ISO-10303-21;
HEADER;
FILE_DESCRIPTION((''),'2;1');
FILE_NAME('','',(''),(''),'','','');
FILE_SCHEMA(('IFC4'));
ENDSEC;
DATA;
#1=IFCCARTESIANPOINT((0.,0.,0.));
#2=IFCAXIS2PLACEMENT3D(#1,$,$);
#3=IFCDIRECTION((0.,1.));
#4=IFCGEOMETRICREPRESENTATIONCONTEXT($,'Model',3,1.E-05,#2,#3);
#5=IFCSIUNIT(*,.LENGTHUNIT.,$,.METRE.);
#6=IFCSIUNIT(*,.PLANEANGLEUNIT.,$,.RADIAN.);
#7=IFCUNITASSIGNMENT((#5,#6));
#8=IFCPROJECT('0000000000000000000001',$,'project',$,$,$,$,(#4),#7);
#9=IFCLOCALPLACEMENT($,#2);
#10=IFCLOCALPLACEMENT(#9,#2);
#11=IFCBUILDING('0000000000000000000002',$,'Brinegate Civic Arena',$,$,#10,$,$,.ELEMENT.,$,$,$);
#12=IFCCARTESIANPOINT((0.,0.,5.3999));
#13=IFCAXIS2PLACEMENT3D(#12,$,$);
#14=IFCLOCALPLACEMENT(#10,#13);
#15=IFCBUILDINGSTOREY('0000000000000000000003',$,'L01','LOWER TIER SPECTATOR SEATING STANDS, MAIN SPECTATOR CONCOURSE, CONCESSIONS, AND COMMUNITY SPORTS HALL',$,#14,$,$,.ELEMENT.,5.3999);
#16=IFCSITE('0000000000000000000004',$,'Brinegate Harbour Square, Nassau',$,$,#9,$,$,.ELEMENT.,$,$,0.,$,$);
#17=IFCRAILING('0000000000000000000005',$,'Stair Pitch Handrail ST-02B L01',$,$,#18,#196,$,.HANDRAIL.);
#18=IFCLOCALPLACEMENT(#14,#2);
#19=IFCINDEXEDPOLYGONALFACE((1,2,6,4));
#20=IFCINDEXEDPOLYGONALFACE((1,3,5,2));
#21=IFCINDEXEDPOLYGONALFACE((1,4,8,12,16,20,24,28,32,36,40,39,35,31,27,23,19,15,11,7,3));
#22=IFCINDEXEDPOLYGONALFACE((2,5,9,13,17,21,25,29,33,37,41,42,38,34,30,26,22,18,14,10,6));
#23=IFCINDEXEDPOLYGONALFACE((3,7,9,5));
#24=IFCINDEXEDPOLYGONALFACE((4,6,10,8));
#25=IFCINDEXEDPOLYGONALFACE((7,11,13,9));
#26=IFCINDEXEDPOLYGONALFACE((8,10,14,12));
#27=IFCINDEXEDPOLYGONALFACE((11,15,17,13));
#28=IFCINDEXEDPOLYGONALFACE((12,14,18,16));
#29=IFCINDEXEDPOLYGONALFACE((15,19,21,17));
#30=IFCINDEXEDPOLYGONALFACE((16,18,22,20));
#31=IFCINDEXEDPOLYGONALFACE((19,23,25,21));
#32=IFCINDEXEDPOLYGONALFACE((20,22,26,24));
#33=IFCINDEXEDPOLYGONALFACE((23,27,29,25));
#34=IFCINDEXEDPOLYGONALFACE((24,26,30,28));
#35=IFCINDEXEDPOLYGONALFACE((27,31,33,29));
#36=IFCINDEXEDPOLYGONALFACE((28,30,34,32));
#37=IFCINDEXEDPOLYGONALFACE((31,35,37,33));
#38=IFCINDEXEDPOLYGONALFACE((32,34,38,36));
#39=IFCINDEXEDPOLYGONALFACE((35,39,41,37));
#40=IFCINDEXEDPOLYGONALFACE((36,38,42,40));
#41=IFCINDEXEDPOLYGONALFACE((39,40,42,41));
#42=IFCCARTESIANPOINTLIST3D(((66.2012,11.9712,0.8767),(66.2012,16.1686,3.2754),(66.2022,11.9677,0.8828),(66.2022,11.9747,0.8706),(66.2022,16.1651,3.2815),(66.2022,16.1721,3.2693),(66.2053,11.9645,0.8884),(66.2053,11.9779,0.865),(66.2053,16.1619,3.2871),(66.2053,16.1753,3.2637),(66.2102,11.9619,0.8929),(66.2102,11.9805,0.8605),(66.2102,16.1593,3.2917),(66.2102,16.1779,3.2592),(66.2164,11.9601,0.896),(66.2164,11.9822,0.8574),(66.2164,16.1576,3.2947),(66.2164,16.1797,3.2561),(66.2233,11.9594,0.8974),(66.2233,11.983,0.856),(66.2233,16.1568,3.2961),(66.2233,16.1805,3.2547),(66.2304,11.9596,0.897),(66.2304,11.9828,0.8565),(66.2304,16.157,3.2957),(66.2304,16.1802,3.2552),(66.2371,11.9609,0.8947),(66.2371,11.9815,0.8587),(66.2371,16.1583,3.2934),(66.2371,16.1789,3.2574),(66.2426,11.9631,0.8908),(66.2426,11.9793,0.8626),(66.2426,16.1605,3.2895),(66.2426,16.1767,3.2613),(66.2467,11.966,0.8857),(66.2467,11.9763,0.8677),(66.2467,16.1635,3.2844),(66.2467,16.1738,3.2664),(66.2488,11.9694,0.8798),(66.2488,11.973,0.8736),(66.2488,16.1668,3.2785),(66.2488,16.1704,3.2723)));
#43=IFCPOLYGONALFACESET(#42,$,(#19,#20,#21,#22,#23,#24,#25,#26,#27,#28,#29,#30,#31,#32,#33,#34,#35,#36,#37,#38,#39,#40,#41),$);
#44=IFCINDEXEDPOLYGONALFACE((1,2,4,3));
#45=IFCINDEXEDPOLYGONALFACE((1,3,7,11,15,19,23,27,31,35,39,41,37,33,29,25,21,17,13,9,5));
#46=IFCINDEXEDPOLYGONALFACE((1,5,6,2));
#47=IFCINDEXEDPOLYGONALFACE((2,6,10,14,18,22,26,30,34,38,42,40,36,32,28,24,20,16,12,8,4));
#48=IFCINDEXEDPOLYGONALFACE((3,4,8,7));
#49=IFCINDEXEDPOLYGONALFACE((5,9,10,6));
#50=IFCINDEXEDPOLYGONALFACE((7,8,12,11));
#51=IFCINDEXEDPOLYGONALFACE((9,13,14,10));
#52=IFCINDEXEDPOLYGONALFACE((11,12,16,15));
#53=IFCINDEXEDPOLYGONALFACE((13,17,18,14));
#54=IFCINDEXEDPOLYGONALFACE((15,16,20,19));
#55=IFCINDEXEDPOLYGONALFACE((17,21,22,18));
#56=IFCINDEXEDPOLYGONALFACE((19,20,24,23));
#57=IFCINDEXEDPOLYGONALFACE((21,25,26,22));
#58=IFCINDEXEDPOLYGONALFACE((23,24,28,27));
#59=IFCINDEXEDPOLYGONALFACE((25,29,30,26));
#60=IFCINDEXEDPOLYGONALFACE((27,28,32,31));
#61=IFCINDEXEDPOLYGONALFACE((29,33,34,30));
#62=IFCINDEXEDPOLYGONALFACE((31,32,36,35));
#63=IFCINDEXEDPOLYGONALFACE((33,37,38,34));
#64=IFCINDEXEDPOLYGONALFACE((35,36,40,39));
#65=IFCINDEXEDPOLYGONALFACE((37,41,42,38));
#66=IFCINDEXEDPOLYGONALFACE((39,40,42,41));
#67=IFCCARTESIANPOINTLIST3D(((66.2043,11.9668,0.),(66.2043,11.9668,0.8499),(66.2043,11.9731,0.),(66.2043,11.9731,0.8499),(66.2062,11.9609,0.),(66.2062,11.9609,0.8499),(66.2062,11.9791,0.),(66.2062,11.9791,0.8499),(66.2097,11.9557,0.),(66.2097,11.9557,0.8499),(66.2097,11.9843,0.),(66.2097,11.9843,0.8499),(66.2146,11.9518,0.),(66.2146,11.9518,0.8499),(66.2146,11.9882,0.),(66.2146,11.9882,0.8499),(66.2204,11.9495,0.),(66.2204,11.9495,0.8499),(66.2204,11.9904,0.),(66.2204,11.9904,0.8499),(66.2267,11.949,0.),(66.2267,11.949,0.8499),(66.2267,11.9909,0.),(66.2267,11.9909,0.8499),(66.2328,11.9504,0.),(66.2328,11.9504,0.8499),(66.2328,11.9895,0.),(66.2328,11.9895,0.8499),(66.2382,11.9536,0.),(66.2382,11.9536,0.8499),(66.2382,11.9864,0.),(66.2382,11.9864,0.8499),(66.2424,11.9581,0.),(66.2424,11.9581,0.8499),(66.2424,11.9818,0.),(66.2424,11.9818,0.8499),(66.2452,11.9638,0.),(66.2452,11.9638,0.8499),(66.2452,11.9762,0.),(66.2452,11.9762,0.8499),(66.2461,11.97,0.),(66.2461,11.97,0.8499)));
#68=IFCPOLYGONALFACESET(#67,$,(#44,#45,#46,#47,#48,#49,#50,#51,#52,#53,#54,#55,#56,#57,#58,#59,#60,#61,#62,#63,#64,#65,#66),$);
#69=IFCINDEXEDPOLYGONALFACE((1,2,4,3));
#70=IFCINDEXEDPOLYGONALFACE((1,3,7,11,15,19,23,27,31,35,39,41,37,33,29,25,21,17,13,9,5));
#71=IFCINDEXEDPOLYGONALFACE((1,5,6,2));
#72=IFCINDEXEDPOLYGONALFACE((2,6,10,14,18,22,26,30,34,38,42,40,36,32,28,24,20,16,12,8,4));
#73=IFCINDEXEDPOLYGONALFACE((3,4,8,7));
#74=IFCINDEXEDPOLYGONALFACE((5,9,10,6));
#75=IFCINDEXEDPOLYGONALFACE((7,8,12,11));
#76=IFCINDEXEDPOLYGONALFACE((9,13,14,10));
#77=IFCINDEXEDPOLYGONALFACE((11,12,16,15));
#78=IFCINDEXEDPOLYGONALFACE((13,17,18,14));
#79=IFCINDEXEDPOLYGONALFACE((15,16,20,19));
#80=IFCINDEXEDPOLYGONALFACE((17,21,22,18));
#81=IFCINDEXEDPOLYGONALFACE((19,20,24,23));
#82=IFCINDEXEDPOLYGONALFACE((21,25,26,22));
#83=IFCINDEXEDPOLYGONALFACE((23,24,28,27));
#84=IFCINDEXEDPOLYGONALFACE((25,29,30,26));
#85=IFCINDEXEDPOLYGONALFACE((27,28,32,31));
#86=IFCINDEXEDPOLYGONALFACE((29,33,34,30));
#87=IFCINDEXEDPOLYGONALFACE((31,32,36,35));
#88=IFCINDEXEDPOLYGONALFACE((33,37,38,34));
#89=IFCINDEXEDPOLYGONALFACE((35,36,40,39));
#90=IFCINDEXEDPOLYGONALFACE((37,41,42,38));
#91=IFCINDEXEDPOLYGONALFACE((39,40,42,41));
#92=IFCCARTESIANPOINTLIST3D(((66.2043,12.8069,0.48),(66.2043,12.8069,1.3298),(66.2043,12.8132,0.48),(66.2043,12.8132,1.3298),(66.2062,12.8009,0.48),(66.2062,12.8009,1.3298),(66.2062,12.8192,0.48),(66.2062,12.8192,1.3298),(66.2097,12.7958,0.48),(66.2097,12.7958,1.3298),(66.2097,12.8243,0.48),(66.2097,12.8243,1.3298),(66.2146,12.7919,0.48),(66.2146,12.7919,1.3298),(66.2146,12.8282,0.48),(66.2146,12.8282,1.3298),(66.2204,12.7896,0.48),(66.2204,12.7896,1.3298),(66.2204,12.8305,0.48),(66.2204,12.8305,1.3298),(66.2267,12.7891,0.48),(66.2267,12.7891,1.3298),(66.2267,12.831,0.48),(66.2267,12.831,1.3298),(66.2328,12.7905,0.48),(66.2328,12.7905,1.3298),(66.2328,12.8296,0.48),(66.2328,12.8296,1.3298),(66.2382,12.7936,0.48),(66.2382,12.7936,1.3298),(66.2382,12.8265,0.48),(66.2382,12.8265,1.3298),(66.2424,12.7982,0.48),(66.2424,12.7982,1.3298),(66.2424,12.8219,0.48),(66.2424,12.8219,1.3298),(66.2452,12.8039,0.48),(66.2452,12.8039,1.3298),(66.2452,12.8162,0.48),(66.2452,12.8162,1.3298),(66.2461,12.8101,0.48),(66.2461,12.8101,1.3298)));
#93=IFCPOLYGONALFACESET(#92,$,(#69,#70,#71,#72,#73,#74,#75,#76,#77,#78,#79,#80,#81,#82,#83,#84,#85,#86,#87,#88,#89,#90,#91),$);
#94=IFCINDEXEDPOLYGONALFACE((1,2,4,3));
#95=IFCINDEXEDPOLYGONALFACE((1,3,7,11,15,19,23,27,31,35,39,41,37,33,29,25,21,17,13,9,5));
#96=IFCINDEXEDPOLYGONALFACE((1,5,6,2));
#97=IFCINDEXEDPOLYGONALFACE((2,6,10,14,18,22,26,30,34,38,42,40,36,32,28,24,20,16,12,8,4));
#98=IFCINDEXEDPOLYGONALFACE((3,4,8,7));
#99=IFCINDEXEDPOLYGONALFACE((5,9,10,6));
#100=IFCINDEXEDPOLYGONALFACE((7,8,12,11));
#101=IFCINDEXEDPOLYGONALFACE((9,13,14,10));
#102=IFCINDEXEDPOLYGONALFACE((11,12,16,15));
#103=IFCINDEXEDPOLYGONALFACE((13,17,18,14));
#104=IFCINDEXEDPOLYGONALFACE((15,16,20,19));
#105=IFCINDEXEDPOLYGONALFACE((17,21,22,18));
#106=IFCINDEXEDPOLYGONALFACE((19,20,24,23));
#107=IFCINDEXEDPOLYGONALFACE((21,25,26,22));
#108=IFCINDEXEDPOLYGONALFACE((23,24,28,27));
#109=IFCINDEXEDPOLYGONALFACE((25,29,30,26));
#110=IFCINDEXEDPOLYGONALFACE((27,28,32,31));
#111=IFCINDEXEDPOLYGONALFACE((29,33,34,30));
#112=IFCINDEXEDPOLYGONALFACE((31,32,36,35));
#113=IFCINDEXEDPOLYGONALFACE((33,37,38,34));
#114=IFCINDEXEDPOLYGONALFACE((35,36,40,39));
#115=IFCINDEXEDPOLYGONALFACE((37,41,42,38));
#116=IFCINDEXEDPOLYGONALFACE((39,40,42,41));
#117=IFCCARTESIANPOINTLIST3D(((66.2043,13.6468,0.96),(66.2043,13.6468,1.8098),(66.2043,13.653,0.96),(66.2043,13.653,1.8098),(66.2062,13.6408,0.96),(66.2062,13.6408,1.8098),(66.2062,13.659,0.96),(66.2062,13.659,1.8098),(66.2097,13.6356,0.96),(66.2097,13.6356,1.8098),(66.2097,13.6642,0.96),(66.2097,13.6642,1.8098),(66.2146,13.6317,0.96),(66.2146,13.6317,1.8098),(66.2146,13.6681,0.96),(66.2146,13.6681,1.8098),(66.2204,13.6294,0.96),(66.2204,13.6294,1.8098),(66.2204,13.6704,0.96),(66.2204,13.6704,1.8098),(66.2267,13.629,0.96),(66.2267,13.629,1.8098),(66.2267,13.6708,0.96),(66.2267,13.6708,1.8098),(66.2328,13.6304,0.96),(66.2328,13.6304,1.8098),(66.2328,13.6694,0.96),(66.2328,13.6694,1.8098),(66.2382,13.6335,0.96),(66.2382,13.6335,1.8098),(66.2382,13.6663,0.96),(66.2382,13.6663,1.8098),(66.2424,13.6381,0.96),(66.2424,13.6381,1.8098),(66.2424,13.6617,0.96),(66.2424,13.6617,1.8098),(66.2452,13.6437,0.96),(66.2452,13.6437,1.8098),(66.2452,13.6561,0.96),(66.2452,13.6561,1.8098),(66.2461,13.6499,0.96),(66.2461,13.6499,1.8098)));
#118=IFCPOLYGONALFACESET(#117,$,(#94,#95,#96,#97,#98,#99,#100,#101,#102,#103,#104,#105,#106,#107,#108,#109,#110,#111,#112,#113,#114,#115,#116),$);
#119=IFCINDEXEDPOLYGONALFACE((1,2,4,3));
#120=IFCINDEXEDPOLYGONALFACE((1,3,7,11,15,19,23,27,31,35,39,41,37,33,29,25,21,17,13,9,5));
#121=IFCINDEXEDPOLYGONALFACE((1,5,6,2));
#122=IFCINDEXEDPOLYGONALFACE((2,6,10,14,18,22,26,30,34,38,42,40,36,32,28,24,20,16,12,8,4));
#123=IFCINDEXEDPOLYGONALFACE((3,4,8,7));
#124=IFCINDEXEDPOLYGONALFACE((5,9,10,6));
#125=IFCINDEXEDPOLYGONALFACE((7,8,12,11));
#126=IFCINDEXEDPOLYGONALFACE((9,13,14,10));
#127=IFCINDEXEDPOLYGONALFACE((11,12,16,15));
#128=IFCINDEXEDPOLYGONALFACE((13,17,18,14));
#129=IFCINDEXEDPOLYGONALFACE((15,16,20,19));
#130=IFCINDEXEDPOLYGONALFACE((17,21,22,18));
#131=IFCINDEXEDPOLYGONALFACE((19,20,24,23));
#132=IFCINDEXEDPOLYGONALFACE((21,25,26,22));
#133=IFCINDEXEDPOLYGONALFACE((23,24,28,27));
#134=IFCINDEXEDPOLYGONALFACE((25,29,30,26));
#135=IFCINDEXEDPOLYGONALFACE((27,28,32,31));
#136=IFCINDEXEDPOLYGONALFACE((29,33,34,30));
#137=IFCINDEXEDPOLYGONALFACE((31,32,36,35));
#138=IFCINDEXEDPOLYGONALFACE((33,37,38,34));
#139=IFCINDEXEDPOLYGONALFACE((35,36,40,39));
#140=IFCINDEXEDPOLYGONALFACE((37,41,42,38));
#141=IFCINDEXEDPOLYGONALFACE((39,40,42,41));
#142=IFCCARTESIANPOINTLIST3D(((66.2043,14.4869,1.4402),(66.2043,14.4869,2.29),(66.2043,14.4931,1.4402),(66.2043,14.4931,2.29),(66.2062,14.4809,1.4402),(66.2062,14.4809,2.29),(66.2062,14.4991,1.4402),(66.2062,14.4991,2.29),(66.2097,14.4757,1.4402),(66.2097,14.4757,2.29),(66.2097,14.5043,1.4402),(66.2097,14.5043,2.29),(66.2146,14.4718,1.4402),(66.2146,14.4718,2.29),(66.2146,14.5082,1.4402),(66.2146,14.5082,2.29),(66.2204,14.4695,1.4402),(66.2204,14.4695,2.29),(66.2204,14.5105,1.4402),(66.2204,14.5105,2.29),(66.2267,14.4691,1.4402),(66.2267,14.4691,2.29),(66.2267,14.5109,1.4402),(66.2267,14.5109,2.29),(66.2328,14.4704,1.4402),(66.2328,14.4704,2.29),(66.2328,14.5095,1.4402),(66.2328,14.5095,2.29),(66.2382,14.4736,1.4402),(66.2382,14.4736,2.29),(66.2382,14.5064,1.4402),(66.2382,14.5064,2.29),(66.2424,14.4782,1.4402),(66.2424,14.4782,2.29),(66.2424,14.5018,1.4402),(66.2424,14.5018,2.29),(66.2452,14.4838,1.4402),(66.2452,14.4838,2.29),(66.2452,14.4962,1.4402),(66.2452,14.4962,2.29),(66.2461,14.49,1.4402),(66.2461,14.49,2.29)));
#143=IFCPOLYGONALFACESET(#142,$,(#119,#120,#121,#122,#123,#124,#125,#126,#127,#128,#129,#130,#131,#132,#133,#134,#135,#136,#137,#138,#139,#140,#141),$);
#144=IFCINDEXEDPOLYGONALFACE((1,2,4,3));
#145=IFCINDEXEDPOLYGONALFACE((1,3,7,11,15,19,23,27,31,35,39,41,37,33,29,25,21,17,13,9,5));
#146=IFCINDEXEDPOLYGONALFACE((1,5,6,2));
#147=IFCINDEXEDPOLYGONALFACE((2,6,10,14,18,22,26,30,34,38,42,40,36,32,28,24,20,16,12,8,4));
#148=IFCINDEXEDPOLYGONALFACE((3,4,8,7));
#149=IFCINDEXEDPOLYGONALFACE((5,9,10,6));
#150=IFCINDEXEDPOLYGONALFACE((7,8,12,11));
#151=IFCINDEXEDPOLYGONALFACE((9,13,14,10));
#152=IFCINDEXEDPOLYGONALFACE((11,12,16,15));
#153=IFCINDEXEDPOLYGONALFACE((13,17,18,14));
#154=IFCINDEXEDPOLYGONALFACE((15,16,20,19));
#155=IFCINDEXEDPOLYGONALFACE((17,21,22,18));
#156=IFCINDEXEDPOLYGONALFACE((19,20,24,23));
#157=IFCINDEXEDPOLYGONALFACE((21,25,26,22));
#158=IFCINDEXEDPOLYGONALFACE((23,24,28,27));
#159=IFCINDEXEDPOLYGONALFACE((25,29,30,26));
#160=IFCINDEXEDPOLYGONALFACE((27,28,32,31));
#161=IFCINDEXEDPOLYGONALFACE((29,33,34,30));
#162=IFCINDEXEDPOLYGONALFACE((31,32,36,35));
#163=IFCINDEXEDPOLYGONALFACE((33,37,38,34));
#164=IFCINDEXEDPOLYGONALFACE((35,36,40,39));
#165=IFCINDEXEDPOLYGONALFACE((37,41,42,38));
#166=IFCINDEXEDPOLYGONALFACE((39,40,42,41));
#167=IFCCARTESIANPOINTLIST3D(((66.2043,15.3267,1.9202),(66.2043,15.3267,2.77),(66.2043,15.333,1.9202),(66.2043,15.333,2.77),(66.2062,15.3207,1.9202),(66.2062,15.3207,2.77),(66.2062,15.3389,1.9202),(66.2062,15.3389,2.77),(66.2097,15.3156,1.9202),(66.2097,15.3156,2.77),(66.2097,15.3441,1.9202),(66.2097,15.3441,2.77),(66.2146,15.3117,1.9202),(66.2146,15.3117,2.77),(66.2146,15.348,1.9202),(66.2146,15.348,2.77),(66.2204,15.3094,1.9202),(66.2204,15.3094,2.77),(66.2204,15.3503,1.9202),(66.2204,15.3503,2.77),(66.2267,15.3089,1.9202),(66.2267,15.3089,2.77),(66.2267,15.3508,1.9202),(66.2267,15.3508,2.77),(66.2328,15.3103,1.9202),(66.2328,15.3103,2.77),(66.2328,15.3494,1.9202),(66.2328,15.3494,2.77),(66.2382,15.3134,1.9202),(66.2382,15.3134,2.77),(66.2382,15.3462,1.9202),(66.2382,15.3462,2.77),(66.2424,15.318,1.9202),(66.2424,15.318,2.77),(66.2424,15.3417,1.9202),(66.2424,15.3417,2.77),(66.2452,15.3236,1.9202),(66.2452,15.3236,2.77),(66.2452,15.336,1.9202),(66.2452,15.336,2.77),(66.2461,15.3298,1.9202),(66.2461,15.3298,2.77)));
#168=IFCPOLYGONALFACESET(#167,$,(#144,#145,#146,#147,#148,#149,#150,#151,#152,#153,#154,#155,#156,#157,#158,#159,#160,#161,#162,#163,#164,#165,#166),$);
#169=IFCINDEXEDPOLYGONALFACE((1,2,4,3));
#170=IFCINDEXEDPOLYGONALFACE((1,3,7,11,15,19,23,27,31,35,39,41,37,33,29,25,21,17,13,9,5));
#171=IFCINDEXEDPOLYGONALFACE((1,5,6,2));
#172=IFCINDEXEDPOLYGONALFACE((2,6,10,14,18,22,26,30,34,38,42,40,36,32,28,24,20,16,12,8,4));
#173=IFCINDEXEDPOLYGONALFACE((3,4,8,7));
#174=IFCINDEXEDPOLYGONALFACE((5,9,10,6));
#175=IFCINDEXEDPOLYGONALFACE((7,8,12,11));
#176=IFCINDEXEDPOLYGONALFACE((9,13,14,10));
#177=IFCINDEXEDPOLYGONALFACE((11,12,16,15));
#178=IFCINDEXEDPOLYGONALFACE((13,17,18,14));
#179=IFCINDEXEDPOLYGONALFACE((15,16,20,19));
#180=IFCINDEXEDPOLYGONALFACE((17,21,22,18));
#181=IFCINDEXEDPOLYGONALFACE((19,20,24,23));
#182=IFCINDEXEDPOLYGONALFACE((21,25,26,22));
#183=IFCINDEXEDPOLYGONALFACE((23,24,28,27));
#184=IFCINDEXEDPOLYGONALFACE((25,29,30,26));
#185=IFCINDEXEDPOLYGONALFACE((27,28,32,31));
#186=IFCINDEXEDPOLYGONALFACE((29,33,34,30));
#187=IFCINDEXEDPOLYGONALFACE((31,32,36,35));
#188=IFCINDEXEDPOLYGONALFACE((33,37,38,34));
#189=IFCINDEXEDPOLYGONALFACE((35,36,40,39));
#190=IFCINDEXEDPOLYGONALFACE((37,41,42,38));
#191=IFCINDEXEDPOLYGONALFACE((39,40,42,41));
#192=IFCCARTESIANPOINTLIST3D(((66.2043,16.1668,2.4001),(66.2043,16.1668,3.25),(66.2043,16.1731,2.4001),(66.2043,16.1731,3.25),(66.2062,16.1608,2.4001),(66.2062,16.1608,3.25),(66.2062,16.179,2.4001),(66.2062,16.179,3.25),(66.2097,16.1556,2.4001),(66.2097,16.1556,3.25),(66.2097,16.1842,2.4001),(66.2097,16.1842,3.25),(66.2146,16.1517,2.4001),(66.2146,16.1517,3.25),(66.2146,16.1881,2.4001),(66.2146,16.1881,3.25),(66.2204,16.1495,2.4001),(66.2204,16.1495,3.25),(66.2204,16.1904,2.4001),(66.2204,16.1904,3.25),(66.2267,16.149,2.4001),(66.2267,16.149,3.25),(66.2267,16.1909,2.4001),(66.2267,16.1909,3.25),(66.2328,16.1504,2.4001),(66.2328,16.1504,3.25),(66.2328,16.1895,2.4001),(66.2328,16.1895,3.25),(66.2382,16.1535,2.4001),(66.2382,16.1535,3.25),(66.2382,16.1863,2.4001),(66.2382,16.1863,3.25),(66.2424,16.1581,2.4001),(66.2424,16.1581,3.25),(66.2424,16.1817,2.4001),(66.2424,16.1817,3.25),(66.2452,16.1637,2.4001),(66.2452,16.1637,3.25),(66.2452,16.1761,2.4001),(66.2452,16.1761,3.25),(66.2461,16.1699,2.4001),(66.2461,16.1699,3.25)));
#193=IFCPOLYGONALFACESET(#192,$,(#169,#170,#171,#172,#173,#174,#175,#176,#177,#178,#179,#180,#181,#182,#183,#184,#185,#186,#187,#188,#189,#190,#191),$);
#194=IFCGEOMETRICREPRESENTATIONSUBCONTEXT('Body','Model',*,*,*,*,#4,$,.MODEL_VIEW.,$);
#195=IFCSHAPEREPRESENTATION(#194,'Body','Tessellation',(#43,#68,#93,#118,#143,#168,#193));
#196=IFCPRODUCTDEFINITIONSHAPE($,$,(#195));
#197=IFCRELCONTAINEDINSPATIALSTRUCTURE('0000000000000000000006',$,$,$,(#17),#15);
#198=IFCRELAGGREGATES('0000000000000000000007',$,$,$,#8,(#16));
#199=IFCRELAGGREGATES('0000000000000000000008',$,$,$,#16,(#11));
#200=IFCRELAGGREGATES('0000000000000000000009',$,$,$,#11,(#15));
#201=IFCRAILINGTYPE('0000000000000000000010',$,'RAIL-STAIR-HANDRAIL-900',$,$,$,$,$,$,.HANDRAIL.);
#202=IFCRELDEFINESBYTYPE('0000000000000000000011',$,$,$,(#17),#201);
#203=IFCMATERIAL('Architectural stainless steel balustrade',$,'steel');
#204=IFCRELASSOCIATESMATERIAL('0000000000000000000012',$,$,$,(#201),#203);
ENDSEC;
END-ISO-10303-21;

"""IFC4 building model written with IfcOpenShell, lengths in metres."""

from ifc_helpers import new_model, si_unit, direction, frame, origin, origin_2d, place, context, subcontext, project, spatial, circle, extrude, material, type_object, element, save


model = new_model("IFC4")

# Units and contexts
model_context = context("Model", 3, precision=1e-05, world=origin(), true_north=direction((0.0, 1.0)))
body_context = subcontext(model_context, "Body", "Model", "MODEL_VIEW")
ifc_project = project(units=[si_unit("LENGTHUNIT", "METRE"), si_unit("PLANEANGLEUNIT", "RADIAN")], contexts=[model_context])

# Site, building, storey
site_placement = place(None, origin())
site = spatial("IfcSite", under=ifc_project, at=site_placement, Name="Brinegate Harbour Square, Nassau", CompositionType="ELEMENT", RefElevation=0.0)
building_placement = place(site_placement, origin())
building = spatial("IfcBuilding", under=site, at=building_placement, Name="Brinegate Civic Arena", CompositionType="ELEMENT")
storey_placement = place(building_placement, frame((0.0, 0.0, 5.3999)))
storey = spatial("IfcBuildingStorey", under=building, at=storey_placement, Name="L01", Description="LOWER TIER SPECTATOR SEATING STANDS, MAIN SPECTATOR CONCOURSE, CONCESSIONS, AND COMMUNITY SPORTS HALL", CompositionType="ELEMENT", Elevation=5.3999)

# Railing
ifc_material_1 = material(Name="Architectural stainless steel balustrade", Category="steel")
railing_type_1 = type_object("IfcRailingType", Name="RAIL-STAIR-HANDRAIL-900", PredefinedType="HANDRAIL", material=ifc_material_1)
for number, where, name in (
    (1, (66.2251, 11.97, 0.0), "Stair Pitch Handrail ST-02B L01"),
):
    element("IfcRailing", number, at=place(storey_placement, frame(where)), inside=storey, type_object=railing_type_1, Name=name, PredefinedType="HANDRAIL", context=body_context, shape_type="SweptSolid", body=[
        extrude(circle(Radius=0.0239, at=origin_2d()), frame((0.0, 0.0012, 0.8767), z_axis=(0.0, 0.868228, 0.496166), x_axis=(-1.0, 0.0, 0.0)), (0.0, 0.0, 1.0), 4.8345),
        extrude(circle(Radius=0.021, at=origin_2d()), origin(), (0.0, 0.0, 1.0), 0.8499),
        extrude(circle(Radius=0.021, at=origin_2d()), frame((0.0, 0.8401, 0.48)), (0.0, 0.0, 1.0), 0.8499),
        extrude(circle(Radius=0.021, at=origin_2d()), frame((0.0, 1.6799, 0.96)), (0.0, 0.0, 1.0), 0.8499),
        extrude(circle(Radius=0.021, at=origin_2d()), frame((0.0, 2.52, 1.4402)), (0.0, 0.0, 1.0), 0.8499),
        extrude(circle(Radius=0.021, at=origin_2d()), frame((0.0, 3.3599, 1.9202)), (0.0, 0.0, 1.0), 0.8499),
        extrude(circle(Radius=0.021, at=origin_2d()), frame((0.0, 4.2, 2.4001)), (0.0, 0.0, 1.0), 0.8499),
    ])

save(model, "model.ifc")
